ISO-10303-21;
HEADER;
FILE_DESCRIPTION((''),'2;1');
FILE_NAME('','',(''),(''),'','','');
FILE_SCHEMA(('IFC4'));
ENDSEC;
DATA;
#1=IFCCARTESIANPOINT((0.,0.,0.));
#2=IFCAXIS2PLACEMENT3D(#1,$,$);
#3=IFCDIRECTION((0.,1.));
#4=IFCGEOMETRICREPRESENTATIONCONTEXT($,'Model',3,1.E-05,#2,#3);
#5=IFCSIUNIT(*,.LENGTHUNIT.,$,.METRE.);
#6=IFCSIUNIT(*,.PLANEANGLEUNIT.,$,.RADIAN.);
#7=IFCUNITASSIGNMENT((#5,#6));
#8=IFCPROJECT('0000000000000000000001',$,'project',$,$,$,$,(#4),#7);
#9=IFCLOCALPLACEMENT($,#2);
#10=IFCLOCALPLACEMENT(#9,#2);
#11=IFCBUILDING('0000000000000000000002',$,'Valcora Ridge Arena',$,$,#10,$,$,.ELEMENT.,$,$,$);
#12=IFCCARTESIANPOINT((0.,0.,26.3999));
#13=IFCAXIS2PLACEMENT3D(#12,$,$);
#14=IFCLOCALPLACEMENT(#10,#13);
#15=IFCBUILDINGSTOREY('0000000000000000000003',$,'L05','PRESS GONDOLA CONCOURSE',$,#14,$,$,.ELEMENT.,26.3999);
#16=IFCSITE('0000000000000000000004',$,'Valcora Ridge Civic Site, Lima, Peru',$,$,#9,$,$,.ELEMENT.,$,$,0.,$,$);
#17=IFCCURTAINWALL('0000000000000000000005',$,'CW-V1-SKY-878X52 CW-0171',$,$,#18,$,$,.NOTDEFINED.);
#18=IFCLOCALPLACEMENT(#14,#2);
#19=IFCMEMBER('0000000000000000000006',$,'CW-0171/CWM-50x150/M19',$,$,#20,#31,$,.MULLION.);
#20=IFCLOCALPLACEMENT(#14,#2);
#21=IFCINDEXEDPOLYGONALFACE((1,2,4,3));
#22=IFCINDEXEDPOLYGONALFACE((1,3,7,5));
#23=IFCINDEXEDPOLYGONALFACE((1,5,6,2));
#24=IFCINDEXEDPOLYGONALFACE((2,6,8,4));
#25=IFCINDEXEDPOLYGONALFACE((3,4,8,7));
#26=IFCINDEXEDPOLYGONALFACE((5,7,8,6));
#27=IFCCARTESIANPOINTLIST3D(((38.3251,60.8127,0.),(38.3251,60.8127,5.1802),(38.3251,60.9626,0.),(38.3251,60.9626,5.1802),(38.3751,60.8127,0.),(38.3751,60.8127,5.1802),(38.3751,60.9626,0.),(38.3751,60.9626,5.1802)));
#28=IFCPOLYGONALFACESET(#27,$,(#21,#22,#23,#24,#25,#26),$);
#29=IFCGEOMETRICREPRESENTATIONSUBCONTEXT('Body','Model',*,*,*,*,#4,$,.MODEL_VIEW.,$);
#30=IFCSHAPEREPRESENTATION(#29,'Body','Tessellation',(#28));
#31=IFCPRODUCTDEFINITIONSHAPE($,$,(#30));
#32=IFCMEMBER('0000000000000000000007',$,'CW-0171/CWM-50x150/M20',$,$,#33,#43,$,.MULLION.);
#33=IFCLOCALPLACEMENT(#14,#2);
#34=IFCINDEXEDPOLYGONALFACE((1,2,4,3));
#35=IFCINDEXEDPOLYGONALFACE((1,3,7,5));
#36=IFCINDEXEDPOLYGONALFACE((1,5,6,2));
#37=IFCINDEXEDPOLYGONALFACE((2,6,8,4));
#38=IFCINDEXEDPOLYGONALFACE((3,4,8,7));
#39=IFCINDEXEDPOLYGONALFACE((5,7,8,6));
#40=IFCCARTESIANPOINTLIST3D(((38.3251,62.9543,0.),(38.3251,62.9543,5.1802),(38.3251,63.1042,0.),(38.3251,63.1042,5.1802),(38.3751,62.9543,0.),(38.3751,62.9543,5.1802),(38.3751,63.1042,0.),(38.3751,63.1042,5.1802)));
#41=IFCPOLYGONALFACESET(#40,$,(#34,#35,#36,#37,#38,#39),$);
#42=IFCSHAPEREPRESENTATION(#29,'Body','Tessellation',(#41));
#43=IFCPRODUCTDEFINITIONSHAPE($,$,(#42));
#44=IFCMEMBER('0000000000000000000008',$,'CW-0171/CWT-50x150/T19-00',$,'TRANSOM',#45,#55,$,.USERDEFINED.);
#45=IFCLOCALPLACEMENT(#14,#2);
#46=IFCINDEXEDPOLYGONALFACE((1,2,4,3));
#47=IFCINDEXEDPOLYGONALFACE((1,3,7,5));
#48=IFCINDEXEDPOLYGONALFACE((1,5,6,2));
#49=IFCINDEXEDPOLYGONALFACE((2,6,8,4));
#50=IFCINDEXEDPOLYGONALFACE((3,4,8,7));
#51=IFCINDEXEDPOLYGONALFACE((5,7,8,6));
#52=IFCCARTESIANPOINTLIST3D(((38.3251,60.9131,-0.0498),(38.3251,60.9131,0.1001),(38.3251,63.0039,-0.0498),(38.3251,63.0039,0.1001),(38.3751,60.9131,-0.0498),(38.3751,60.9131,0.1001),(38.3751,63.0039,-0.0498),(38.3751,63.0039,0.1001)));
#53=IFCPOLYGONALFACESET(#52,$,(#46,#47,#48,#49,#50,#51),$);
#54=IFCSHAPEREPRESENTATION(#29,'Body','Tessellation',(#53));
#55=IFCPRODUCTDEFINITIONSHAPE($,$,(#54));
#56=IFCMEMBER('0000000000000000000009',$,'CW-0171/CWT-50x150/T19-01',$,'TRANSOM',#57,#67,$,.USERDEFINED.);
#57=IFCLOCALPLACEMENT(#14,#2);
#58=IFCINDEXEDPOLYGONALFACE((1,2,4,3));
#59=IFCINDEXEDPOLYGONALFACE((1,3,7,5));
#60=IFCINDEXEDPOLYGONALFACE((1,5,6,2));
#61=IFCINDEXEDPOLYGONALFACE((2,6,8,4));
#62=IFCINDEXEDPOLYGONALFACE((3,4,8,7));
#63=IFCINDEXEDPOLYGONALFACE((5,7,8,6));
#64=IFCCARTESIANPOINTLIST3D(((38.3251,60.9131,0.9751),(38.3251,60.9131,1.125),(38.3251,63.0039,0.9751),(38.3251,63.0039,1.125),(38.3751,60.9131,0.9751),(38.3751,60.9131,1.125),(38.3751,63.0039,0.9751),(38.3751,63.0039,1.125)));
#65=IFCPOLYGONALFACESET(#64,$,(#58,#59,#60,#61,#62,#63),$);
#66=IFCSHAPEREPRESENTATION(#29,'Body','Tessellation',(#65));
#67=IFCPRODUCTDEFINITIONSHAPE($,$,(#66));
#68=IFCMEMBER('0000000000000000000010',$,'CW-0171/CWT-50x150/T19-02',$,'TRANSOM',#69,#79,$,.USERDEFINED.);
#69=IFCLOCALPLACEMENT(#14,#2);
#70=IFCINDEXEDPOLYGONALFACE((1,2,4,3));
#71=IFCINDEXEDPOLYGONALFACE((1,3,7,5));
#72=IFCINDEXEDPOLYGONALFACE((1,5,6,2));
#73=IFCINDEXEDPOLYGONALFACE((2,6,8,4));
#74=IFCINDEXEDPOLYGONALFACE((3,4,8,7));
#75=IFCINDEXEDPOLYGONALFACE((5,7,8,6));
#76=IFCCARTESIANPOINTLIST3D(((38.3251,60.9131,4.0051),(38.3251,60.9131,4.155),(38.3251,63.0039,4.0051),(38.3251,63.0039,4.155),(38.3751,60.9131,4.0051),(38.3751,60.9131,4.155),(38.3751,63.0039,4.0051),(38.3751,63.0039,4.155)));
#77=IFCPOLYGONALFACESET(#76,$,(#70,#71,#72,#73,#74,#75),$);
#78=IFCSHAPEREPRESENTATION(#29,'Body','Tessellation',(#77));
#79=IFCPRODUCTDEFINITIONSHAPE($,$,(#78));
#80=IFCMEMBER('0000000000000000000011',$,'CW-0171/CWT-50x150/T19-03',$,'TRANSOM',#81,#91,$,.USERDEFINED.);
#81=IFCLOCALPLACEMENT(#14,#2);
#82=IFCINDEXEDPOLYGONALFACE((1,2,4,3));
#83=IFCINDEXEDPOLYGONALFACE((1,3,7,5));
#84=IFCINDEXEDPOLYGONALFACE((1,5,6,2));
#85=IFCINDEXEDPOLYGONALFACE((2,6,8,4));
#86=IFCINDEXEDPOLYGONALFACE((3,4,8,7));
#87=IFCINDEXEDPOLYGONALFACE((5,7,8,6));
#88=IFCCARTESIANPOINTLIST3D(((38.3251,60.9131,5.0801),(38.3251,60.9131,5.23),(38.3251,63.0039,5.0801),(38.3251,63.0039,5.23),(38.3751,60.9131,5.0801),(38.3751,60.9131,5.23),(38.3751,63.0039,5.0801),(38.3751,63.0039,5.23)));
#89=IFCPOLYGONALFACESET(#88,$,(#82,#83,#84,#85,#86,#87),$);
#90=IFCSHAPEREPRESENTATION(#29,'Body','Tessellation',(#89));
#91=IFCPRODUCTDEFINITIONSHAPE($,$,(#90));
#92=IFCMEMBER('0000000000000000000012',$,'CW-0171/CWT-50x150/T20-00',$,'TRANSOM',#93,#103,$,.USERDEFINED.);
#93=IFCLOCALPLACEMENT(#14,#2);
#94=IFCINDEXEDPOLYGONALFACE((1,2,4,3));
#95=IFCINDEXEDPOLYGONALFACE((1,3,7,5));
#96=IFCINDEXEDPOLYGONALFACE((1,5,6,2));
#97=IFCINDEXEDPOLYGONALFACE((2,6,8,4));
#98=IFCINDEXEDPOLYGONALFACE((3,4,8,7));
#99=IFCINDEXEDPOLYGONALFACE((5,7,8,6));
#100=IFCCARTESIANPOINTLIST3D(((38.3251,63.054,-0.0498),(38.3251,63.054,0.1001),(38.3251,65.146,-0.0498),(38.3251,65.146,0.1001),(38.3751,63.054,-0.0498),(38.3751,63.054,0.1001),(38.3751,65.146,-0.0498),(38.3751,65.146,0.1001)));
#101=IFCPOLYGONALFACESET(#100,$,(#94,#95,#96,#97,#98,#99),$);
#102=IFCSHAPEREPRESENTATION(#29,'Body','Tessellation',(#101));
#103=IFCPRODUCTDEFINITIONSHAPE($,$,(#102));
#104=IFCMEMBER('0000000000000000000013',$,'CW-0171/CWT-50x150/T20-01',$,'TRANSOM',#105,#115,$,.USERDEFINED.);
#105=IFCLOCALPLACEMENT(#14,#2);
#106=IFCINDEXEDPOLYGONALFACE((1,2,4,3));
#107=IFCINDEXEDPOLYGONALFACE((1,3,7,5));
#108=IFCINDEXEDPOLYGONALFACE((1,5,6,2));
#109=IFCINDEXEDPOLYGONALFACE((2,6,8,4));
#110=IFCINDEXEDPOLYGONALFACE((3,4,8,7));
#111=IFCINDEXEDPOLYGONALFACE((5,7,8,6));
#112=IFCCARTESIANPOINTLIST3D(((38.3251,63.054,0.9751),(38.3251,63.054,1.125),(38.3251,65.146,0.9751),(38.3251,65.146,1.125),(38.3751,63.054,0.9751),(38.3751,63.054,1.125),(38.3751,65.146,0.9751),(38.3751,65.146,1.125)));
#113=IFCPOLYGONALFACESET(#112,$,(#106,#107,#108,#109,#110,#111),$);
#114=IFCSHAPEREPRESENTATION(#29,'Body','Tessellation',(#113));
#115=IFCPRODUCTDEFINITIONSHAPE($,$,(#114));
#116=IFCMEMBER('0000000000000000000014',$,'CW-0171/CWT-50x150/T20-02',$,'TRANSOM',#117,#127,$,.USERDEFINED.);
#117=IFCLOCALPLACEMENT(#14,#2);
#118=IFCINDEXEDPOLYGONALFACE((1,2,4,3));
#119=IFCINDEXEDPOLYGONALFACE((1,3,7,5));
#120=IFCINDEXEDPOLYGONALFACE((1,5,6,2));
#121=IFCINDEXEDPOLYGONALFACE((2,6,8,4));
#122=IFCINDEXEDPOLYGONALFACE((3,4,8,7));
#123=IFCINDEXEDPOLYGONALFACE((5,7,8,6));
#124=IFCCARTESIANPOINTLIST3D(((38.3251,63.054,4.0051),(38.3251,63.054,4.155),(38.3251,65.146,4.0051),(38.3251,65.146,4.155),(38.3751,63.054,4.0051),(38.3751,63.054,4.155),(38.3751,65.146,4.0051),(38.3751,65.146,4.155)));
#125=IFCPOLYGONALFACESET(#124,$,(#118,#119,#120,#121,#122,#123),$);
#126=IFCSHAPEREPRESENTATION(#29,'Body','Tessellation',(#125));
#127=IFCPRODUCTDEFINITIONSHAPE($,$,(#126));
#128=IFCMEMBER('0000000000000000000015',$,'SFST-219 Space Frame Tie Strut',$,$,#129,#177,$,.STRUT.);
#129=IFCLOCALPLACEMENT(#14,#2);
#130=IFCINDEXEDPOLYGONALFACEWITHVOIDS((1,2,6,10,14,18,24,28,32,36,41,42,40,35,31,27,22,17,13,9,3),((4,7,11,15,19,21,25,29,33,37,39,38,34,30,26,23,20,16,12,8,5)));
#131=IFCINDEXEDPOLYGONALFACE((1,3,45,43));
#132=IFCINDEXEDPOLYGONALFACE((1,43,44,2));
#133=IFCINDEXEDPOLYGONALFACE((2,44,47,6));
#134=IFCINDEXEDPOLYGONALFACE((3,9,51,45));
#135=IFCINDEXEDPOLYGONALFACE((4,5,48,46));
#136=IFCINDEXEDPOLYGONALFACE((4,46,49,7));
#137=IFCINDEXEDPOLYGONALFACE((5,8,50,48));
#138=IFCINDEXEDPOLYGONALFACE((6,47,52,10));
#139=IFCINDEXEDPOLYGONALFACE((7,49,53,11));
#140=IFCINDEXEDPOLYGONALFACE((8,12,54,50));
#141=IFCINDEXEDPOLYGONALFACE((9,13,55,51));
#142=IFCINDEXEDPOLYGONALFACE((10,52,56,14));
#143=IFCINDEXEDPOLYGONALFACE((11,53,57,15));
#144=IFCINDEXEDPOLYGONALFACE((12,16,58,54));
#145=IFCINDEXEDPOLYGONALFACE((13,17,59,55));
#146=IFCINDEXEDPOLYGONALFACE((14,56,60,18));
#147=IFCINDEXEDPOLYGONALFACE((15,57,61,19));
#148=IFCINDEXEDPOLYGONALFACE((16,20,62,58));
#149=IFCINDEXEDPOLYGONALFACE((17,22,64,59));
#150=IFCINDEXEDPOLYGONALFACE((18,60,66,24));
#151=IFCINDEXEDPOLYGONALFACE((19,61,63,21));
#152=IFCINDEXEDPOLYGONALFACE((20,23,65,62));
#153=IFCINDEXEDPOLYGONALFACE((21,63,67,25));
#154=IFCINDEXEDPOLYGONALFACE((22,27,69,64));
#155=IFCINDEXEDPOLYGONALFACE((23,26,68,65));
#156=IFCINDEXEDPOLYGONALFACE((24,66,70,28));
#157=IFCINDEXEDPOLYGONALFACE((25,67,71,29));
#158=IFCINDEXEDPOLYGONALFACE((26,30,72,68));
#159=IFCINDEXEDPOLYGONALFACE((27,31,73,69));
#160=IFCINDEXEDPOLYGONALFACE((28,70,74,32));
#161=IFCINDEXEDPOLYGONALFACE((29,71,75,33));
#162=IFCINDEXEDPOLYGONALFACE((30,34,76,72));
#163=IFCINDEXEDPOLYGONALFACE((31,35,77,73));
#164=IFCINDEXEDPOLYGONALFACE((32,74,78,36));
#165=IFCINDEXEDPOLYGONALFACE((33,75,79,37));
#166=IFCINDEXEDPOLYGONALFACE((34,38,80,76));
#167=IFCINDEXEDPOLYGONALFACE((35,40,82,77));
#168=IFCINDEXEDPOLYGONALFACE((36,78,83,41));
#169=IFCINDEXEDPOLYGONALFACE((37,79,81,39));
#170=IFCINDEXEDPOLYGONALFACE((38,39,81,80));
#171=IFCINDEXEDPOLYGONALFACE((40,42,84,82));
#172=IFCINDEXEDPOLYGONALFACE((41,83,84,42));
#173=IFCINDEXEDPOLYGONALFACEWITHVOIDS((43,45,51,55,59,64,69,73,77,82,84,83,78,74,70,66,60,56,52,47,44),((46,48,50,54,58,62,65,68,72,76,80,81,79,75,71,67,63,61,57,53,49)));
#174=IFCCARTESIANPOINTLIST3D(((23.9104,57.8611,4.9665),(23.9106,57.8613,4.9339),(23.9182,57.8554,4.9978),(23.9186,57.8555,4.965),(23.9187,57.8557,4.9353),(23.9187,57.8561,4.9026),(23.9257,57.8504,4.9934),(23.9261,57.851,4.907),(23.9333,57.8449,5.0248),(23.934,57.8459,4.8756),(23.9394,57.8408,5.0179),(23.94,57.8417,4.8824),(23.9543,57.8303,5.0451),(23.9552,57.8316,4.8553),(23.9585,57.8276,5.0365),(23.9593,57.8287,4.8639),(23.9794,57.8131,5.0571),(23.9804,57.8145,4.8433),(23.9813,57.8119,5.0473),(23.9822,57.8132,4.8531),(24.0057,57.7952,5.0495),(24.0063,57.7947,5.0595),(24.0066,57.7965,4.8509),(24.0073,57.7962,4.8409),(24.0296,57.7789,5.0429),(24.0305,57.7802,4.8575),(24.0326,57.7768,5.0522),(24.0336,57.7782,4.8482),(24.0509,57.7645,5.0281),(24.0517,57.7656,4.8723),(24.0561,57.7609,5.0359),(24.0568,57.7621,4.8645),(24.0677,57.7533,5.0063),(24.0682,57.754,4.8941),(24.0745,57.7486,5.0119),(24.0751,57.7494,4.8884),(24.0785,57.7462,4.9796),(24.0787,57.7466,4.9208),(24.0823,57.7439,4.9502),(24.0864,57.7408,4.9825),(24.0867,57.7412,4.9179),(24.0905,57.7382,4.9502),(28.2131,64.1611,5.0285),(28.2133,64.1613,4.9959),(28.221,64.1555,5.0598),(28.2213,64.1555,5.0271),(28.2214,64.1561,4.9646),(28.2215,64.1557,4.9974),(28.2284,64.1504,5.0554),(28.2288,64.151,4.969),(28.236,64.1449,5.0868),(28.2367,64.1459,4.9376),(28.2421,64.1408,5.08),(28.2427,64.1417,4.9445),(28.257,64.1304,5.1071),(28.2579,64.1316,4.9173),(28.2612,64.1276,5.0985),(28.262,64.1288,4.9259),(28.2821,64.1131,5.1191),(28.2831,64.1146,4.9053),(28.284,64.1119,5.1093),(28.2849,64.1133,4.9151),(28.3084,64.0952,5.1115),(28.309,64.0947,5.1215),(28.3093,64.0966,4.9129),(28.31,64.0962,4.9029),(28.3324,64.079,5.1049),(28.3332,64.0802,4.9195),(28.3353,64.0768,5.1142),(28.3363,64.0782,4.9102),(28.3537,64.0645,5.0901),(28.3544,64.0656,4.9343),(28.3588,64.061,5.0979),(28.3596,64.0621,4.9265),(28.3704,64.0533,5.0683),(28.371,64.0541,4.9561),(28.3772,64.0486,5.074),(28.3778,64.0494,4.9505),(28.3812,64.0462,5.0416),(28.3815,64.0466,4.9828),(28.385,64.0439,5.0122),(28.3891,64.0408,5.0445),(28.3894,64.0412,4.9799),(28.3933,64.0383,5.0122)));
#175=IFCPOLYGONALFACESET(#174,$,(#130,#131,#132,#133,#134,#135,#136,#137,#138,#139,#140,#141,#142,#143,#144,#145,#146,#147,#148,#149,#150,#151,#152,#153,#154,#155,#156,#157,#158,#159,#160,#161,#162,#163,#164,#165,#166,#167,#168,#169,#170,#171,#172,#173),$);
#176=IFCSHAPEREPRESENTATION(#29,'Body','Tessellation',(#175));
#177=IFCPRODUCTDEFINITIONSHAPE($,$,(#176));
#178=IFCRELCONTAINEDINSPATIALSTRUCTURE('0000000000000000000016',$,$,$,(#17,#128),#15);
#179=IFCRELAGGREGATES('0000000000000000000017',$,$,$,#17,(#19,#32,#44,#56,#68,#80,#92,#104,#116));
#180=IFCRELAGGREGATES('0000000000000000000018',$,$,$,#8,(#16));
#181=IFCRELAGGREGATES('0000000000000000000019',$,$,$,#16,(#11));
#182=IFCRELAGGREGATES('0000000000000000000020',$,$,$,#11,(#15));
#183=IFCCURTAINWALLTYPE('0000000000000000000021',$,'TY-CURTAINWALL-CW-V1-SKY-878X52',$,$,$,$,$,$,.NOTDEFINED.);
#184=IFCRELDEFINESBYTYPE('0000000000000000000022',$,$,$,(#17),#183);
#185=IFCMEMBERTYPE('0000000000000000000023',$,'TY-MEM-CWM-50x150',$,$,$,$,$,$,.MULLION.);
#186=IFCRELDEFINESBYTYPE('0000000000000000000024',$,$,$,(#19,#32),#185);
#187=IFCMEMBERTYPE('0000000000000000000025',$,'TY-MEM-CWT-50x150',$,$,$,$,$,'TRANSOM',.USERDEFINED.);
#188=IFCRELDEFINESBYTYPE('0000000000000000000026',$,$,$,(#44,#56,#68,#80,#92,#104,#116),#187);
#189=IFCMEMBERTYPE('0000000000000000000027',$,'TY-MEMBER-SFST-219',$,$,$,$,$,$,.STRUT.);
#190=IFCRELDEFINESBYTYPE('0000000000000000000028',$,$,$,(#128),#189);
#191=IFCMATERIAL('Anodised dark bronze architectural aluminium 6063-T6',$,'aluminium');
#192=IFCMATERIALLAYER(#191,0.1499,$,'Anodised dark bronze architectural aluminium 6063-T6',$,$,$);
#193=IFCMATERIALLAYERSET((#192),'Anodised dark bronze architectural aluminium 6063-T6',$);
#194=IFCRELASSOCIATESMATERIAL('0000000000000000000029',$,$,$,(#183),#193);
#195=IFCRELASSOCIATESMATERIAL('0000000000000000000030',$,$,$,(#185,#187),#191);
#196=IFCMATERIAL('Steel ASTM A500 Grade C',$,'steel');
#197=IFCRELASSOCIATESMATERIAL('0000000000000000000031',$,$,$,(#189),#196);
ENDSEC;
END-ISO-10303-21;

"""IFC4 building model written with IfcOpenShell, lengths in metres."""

from ifc_helpers import new_model, si_unit, direction, frame, origin, origin_2d, place, context, subcontext, project, spatial, rectangle, hollow_circle, extrude, material, layer, layer_set, material_profile, profile_set, type_object, element, aggregate, save


model = new_model("IFC4")

# Units and contexts
model_context = context("Model", 3, precision=1e-05, world=origin(), true_north=direction((0.0, 1.0)))
body_context = subcontext(model_context, "Body", "Model", "MODEL_VIEW")
ifc_project = project(units=[si_unit("LENGTHUNIT", "METRE"), si_unit("PLANEANGLEUNIT", "RADIAN")], contexts=[model_context])

# Site, building, storey
site_placement = place(None, origin())
site = spatial("IfcSite", under=ifc_project, at=site_placement, Name="Valcora Ridge Civic Site, Lima, Peru", CompositionType="ELEMENT", RefElevation=0.0)
building_placement = place(site_placement, origin())
building = spatial("IfcBuilding", under=site, at=building_placement, Name="Valcora Ridge Arena", CompositionType="ELEMENT")
storey_placement = place(building_placement, frame((0.0, 0.0, 26.3999)))
storey = spatial("IfcBuildingStorey", under=building, at=storey_placement, Name="L05", Description="PRESS GONDOLA CONCOURSE", CompositionType="ELEMENT", Elevation=26.3999)

# Curtain wall, members
ifc_material_1 = material(Name="Anodised dark bronze architectural aluminium 6063-T6", Category="aluminium")
ifc_layer_1 = layer(ifc_material_1, 0.1499, Name="Anodised dark bronze architectural aluminium 6063-T6")
ifc_layer_set_1 = layer_set([ifc_layer_1], Name="Anodised dark bronze architectural aluminium 6063-T6")
curtain_wall_type = type_object("IfcCurtainWallType", Name="TY-CURTAINWALL-CW-V1-SKY-878X52", PredefinedType="NOTDEFINED", material=ifc_layer_set_1)
curtain_wall_placement = place(storey_placement, origin())
curtain_wall = element("IfcCurtainWall", 1, at=curtain_wall_placement, inside=storey, type_object=curtain_wall_type, Name="CW-V1-SKY-878X52 CW-0171", PredefinedType="NOTDEFINED")
ifc_material_profile_1 = material_profile(ifc_material_1, rectangle(XDim=0.05, YDim=0.1499, at=origin_2d()), Name="ALU MULLION 50x150")
ifc_profile_set_1 = profile_set([ifc_material_profile_1], Name="Anodised dark bronze architectural aluminium 6063-T6")
member_type_1 = type_object("IfcMemberType", Name="TY-MEM-CWM-50x150", PredefinedType="MULLION", material=ifc_profile_set_1)
member_1_placement = place(storey_placement, frame((38.3501, 60.8877, 0.0), z_axis=(0.0, 0.0, 1.0), x_axis=(-1.0, 0.0, 0.0)))
member_1 = element("IfcMember", 2, at=member_1_placement, type_object=member_type_1, Name="CW-0171/CWM-50x150/M19", PredefinedType="MULLION", context=body_context, shape_type="SweptSolid", body=[
    extrude(rectangle(XDim=0.05, YDim=0.1499, at=origin_2d()), origin(), (0.0, 0.0, 1.0), 5.1802),
])
member_2_placement = place(storey_placement, frame((38.3501, 63.0293, 0.0), z_axis=(0.0, 0.0, 1.0), x_axis=(-1.0, 0.0, 0.0)))
member_2 = element("IfcMember", 3, at=member_2_placement, type_object=member_type_1, Name="CW-0171/CWM-50x150/M20", PredefinedType="MULLION", context=body_context, shape_type="SweptSolid", body=[
    extrude(rectangle(XDim=0.05, YDim=0.1499, at=origin_2d()), origin(), (0.0, 0.0, 1.0), 5.1802),
])
ifc_material_profile_2 = material_profile(ifc_material_1, rectangle(XDim=0.05, YDim=0.1499, at=origin_2d()), Name="ALU TRANSOM 50x150")
ifc_profile_set_2 = profile_set([ifc_material_profile_2], Name="Anodised dark bronze architectural aluminium 6063-T6")
member_type_2 = type_object("IfcMemberType", Name="TY-MEM-CWT-50x150", ElementType="TRANSOM", PredefinedType="USERDEFINED", material=ifc_profile_set_2)
member_3_placement = place(storey_placement, frame((38.3501, 60.9131, 0.0251), z_axis=(0.0, 1.0, 0.0), x_axis=(-1.0, 0.0, 0.0)))
member_3 = element("IfcMember", 4, at=member_3_placement, type_object=member_type_2, Name="CW-0171/CWT-50x150/T19-00", ObjectType="TRANSOM", PredefinedType="USERDEFINED", context=body_context, shape_type="SweptSolid", body=[
    extrude(rectangle(XDim=0.05, YDim=0.1499, at=origin_2d()), origin(), (0.0, 0.0, 1.0), 2.0908),
])
member_4_placement = place(storey_placement, frame((38.3501, 60.9131, 1.05), z_axis=(0.0, 1.0, 0.0), x_axis=(-1.0, 0.0, 0.0)))
member_4 = element("IfcMember", 5, at=member_4_placement, type_object=member_type_2, Name="CW-0171/CWT-50x150/T19-01", ObjectType="TRANSOM", PredefinedType="USERDEFINED", context=body_context, shape_type="SweptSolid", body=[
    extrude(rectangle(XDim=0.05, YDim=0.1499, at=origin_2d()), origin(), (0.0, 0.0, 1.0), 2.0908),
])
member_5_placement = place(storey_placement, frame((38.3501, 60.9131, 4.0801), z_axis=(0.0, 1.0, 0.0), x_axis=(-1.0, 0.0, 0.0)))
member_5 = element("IfcMember", 6, at=member_5_placement, type_object=member_type_2, Name="CW-0171/CWT-50x150/T19-02", ObjectType="TRANSOM", PredefinedType="USERDEFINED", context=body_context, shape_type="SweptSolid", body=[
    extrude(rectangle(XDim=0.05, YDim=0.1499, at=origin_2d()), origin(), (0.0, 0.0, 1.0), 2.0908),
])
member_6_placement = place(storey_placement, frame((38.3501, 60.9131, 5.155), z_axis=(0.0, 1.0, 0.0), x_axis=(-1.0, 0.0, 0.0)))
member_6 = element("IfcMember", 7, at=member_6_placement, type_object=member_type_2, Name="CW-0171/CWT-50x150/T19-03", ObjectType="TRANSOM", PredefinedType="USERDEFINED", context=body_context, shape_type="SweptSolid", body=[
    extrude(rectangle(XDim=0.05, YDim=0.1499, at=origin_2d()), origin(), (0.0, 0.0, 1.0), 2.0908),
])
member_7_placement = place(storey_placement, frame((38.3501, 63.054, 0.0251), z_axis=(0.0, 1.0, 0.0), x_axis=(-1.0, 0.0, 0.0)))
member_7 = element("IfcMember", 8, at=member_7_placement, type_object=member_type_2, Name="CW-0171/CWT-50x150/T20-00", ObjectType="TRANSOM", PredefinedType="USERDEFINED", context=body_context, shape_type="SweptSolid", body=[
    extrude(rectangle(XDim=0.05, YDim=0.1499, at=origin_2d()), origin(), (0.0, 0.0, 1.0), 2.092),
])
member_8_placement = place(storey_placement, frame((38.3501, 63.054, 1.05), z_axis=(0.0, 1.0, 0.0), x_axis=(-1.0, 0.0, 0.0)))
member_8 = element("IfcMember", 9, at=member_8_placement, type_object=member_type_2, Name="CW-0171/CWT-50x150/T20-01", ObjectType="TRANSOM", PredefinedType="USERDEFINED", context=body_context, shape_type="SweptSolid", body=[
    extrude(rectangle(XDim=0.05, YDim=0.1499, at=origin_2d()), origin(), (0.0, 0.0, 1.0), 2.092),
])
member_9_placement = place(storey_placement, frame((38.3501, 63.054, 4.0801), z_axis=(0.0, 1.0, 0.0), x_axis=(-1.0, 0.0, 0.0)))
member_9 = element("IfcMember", 10, at=member_9_placement, type_object=member_type_2, Name="CW-0171/CWT-50x150/T20-02", ObjectType="TRANSOM", PredefinedType="USERDEFINED", context=body_context, shape_type="SweptSolid", body=[
    extrude(rectangle(XDim=0.05, YDim=0.1499, at=origin_2d()), origin(), (0.0, 0.0, 1.0), 2.092),
])

# Member
ifc_material_2 = material(Name="Steel ASTM A500 Grade C", Category="steel")
ifc_material_profile_3 = material_profile(ifc_material_2, hollow_circle(Radius=0.1096, WallThickness=0.01, at=origin_2d()), Name="CHS219X10")
ifc_profile_set_3 = profile_set([ifc_material_profile_3], Name="Steel ASTM A500 Grade C")
member_type_3 = type_object("IfcMemberType", Name="TY-MEMBER-SFST-219", PredefinedType="STRUT", material=ifc_profile_set_3)
member_10_placement = place(storey_placement, frame((28.3027, 64.1001, 5.0122), z_axis=(-0.563966, -0.825758, -0.008128), x_axis=(0.825785, -0.563985, 0.0)))
element("IfcMember", 11, at=member_10_placement, inside=storey, type_object=member_type_3, Name="SFST-219 Space Frame Tie Strut", PredefinedType="STRUT", context=body_context, shape_type="SweptSolid", body=[
    extrude(hollow_circle(Radius=0.1096, WallThickness=0.01, at=origin_2d()), origin(), (0.0, 0.0, 1.0), 7.6294),
])

aggregate(curtain_wall, [member_1, member_2, member_3, member_4, member_5, member_6, member_7, member_8, member_9])

save(model, "model.ifc")
